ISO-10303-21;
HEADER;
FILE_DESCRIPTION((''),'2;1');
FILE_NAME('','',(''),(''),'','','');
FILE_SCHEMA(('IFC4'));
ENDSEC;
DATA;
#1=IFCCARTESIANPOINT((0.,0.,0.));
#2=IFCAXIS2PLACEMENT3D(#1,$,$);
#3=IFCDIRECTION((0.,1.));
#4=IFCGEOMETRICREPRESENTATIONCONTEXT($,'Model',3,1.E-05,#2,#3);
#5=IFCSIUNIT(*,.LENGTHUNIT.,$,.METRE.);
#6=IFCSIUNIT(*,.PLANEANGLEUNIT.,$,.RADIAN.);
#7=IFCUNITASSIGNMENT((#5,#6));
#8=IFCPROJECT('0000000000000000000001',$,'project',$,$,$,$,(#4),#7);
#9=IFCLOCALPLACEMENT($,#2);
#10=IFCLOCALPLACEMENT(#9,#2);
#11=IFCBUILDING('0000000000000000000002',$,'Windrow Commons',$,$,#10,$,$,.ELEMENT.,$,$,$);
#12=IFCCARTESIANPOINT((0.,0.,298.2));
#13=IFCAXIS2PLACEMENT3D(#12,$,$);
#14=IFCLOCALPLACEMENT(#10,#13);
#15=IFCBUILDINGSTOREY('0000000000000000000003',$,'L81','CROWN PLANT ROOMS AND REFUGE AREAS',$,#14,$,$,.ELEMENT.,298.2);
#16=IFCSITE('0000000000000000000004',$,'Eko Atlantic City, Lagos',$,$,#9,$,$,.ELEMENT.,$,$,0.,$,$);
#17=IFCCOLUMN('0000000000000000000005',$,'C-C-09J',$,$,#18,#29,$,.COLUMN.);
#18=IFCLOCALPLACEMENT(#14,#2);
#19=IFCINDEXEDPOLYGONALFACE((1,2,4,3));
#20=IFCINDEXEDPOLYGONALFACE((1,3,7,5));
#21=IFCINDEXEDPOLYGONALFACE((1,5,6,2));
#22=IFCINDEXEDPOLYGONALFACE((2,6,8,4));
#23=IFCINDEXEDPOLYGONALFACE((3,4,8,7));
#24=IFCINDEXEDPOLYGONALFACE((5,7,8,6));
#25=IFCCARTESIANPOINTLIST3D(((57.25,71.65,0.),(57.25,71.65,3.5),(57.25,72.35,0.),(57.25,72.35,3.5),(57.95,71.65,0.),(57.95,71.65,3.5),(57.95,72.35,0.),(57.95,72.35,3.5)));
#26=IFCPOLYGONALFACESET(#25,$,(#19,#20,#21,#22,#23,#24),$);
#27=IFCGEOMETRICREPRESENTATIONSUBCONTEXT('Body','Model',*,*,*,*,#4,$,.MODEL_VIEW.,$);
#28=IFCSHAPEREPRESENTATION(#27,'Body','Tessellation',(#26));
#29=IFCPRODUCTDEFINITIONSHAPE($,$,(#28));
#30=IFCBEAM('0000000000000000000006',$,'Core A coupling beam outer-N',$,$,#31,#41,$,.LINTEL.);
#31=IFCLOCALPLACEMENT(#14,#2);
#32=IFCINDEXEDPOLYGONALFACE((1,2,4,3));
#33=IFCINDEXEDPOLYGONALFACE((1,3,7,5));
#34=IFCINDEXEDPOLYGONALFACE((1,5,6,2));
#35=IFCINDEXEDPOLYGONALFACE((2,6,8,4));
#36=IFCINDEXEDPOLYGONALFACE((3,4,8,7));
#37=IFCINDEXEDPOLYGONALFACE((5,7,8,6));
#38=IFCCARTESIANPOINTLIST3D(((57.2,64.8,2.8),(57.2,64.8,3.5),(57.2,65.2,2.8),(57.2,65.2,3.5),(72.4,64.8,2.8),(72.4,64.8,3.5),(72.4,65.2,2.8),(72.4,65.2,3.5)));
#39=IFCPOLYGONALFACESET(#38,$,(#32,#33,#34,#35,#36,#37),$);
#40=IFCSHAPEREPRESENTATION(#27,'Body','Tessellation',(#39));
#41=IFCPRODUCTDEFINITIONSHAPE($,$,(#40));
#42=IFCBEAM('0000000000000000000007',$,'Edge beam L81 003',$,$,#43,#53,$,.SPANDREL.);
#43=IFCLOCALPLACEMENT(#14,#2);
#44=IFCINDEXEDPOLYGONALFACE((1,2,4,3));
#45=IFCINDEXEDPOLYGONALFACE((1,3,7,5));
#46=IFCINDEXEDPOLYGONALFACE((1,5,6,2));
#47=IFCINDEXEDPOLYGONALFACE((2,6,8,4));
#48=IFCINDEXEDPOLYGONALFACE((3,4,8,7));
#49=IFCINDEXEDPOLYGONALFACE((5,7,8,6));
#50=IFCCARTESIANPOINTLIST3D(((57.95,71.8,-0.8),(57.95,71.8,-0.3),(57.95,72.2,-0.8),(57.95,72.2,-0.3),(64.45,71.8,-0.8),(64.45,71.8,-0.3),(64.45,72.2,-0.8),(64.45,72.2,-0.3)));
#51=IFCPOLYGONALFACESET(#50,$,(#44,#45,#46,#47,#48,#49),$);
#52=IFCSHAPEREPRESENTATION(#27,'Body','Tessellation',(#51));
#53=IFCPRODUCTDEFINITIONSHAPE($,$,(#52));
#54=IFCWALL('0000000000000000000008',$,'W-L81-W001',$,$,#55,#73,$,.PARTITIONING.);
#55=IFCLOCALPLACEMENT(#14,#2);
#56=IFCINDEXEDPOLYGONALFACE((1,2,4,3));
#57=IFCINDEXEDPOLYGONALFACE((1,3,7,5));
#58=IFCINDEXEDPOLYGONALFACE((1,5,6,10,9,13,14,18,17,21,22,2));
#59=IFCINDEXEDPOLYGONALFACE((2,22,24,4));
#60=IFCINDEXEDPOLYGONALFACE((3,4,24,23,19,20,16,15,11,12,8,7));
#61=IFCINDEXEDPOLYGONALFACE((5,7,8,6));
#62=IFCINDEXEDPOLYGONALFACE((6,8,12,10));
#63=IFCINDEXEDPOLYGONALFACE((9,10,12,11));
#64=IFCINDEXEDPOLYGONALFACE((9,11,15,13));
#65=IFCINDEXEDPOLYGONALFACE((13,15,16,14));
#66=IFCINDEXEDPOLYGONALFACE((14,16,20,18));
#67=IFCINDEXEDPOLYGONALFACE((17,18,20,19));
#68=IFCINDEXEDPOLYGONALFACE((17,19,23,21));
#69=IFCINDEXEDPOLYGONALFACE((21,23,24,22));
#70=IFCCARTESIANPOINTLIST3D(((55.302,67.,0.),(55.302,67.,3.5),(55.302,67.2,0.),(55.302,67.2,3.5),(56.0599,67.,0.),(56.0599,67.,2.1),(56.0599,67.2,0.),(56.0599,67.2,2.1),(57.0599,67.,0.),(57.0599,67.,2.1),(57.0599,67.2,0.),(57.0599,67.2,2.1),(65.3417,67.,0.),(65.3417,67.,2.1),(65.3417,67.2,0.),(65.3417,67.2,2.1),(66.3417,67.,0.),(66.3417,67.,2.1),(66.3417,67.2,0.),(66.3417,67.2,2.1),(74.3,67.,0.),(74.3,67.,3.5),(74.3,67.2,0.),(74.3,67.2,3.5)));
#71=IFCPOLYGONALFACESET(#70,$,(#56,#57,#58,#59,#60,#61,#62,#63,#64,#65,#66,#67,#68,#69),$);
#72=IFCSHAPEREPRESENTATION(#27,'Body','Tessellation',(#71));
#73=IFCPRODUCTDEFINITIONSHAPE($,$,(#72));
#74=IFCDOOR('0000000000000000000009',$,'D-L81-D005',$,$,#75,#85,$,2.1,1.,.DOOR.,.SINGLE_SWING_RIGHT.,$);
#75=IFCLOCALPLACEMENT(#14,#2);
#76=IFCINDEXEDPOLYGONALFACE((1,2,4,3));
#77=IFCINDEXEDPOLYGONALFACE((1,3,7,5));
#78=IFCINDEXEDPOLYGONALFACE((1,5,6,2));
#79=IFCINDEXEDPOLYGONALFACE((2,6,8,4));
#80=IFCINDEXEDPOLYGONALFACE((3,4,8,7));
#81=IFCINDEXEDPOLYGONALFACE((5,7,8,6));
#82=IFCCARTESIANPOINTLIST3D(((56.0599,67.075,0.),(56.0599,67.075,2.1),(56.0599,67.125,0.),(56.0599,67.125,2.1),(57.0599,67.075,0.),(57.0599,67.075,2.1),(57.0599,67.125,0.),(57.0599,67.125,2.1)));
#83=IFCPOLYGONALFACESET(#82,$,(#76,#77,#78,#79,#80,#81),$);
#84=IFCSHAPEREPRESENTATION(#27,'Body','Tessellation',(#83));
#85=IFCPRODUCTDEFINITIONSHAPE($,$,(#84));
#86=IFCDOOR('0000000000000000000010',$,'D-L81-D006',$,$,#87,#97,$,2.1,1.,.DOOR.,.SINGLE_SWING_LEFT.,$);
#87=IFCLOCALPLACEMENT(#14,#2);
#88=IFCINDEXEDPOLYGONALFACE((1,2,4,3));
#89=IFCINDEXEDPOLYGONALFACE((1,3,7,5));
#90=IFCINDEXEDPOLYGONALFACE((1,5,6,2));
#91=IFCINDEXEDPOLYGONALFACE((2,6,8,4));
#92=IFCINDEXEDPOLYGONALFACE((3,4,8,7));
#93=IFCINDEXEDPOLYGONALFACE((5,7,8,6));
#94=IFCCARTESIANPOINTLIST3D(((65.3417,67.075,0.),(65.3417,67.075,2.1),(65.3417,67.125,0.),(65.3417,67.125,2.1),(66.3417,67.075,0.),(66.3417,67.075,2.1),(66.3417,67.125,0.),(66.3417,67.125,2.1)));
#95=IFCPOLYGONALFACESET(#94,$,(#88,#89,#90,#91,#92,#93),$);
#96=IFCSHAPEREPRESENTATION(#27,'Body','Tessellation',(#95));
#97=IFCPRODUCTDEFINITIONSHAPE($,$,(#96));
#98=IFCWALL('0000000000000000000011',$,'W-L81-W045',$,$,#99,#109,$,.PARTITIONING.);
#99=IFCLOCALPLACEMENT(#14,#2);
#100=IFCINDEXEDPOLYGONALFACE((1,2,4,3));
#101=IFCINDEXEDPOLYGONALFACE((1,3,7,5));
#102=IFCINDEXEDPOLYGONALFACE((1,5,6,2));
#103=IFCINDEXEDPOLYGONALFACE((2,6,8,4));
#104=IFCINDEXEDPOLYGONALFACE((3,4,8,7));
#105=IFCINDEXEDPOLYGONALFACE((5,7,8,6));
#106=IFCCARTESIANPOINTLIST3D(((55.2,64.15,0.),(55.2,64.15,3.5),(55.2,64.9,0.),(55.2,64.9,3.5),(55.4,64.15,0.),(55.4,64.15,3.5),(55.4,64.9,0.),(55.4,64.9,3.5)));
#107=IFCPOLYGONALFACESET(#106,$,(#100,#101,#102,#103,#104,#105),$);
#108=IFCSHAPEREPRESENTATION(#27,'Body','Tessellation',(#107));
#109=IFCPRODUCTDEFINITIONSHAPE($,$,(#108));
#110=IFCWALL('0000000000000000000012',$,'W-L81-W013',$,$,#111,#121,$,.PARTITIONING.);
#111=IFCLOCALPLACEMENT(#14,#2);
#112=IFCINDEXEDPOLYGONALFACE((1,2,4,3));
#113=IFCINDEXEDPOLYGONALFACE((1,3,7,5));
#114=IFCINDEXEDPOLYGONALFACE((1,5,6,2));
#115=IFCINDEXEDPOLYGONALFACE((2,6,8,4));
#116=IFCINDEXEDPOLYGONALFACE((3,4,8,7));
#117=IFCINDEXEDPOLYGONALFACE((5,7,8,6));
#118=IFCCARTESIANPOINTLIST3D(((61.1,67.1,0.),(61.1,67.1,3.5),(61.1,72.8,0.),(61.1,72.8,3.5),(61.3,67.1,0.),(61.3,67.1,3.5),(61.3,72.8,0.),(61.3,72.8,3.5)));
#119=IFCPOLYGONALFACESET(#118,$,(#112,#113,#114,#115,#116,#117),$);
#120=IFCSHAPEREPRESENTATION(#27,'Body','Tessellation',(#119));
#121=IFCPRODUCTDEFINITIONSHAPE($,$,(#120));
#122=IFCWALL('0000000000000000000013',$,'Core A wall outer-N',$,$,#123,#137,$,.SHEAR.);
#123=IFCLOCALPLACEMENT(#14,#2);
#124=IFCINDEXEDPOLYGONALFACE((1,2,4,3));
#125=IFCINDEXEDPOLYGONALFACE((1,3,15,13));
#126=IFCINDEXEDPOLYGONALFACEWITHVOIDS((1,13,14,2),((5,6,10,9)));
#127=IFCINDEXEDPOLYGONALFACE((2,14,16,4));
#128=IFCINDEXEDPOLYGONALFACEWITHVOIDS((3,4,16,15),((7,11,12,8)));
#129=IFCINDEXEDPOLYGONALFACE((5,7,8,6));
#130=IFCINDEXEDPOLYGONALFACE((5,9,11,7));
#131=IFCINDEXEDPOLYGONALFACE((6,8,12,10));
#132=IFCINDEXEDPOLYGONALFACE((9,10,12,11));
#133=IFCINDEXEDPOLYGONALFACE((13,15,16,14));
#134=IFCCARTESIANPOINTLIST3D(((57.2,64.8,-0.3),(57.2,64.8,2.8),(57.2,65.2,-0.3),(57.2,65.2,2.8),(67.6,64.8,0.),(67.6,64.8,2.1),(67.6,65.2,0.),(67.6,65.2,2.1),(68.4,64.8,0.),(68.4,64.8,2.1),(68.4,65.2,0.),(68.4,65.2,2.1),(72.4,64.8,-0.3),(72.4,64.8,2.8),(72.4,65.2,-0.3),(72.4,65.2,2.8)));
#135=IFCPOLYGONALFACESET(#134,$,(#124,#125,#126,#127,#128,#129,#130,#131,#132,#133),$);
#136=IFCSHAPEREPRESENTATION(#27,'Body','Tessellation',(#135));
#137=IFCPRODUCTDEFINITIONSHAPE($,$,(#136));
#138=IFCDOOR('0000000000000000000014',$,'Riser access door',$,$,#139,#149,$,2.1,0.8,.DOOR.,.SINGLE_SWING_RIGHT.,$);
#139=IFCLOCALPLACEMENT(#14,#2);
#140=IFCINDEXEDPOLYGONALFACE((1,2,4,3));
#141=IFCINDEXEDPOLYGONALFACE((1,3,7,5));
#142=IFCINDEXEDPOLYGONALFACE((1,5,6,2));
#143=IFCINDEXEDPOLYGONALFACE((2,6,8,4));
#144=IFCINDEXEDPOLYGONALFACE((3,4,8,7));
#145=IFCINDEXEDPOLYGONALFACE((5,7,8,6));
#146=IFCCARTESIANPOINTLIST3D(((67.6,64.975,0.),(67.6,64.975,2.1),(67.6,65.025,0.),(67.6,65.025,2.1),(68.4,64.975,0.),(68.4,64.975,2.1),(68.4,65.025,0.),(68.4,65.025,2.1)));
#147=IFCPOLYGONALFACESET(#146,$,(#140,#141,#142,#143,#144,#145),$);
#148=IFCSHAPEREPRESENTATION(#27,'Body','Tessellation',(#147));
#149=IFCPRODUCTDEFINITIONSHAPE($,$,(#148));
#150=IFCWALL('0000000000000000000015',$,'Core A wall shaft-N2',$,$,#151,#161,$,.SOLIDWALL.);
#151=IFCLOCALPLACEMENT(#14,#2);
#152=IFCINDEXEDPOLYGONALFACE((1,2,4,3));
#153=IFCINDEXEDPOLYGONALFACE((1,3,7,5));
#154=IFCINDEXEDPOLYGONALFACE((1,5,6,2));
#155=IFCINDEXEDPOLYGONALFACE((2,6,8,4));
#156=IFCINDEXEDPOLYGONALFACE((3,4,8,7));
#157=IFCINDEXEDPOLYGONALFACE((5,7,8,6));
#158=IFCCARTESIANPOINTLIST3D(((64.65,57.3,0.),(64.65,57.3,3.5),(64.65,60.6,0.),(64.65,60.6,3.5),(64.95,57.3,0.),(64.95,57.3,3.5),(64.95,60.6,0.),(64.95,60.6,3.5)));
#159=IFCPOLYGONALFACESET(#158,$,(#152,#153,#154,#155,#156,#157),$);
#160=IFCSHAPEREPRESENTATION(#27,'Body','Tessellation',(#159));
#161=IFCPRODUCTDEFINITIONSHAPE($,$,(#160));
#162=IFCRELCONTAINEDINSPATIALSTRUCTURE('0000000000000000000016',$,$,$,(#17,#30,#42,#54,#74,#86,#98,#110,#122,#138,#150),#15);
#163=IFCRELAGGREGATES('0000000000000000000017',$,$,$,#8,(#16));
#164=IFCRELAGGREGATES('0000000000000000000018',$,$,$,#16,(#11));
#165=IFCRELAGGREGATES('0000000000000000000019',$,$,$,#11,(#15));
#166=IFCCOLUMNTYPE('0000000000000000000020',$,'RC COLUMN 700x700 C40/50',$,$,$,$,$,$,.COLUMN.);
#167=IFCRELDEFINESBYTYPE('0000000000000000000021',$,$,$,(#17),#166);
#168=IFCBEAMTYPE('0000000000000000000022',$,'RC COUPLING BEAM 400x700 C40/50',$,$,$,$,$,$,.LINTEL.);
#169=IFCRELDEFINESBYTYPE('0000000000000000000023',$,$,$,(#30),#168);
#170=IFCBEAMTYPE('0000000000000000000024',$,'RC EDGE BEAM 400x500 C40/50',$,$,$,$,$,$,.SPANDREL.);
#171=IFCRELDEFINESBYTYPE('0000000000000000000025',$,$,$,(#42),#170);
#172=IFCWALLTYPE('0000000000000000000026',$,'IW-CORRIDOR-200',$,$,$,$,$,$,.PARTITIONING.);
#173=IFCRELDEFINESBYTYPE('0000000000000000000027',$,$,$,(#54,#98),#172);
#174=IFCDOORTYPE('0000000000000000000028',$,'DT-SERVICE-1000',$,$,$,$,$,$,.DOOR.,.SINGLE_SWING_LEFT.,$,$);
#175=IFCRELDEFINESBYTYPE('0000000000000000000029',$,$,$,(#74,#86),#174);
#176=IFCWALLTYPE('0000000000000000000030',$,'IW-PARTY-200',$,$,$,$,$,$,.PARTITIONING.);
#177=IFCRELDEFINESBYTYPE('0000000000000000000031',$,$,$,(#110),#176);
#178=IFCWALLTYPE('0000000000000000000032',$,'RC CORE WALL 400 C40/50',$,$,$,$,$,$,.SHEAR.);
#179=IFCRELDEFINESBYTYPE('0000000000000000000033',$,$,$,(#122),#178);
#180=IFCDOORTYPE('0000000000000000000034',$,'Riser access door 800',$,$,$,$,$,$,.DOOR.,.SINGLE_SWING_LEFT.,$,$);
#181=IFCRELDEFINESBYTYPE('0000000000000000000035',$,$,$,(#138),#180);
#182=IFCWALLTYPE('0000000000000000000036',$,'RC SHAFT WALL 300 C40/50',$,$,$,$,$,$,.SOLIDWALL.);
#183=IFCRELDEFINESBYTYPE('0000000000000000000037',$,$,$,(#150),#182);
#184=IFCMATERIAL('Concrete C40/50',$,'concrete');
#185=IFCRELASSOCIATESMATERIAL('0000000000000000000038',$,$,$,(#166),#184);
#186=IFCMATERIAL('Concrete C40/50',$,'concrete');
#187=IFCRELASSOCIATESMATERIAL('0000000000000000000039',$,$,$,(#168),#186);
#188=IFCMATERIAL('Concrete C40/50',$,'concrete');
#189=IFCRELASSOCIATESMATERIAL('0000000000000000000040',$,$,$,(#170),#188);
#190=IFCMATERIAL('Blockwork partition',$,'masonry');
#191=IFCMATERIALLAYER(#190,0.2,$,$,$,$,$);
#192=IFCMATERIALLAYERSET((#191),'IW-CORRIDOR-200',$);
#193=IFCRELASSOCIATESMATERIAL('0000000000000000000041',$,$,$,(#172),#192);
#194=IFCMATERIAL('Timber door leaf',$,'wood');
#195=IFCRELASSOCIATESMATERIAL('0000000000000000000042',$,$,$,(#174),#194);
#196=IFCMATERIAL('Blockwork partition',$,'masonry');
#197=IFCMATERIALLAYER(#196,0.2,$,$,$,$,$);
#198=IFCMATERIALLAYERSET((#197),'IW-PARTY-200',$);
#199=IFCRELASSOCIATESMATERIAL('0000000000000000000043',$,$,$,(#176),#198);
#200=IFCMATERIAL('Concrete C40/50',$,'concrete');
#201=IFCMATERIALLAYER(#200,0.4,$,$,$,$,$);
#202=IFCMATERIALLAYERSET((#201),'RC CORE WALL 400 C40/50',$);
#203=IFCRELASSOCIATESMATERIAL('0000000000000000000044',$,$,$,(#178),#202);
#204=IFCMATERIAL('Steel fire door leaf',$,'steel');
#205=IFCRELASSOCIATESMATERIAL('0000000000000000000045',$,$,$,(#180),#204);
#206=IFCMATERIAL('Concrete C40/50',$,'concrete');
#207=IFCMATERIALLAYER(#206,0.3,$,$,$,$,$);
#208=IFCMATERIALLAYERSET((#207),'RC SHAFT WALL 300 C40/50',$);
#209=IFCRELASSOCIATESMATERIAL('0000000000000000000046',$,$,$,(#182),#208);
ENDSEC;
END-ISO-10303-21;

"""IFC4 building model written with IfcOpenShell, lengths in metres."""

from ifc_helpers import new_model, si_unit, direction, frame, frame_2d, origin, origin_2d, place, context, subcontext, project, spatial, polyline, rectangle, outline, extrude, material, layer, layer_set, material_profile, profile_set, type_object, element, fill, save


model = new_model("IFC4")

# Units and contexts
model_context = context("Model", 3, precision=1e-05, world=origin(), true_north=direction((0.0, 1.0)))
body_context = subcontext(model_context, "Body", "Model", "MODEL_VIEW")
ifc_project = project(units=[si_unit("LENGTHUNIT", "METRE"), si_unit("PLANEANGLEUNIT", "RADIAN")], contexts=[model_context])

# Site, building, storey
site_placement = place(None, origin())
site = spatial("IfcSite", under=ifc_project, at=site_placement, Name="Eko Atlantic City, Lagos", CompositionType="ELEMENT", RefElevation=0.0)
building_placement = place(site_placement, origin())
building = spatial("IfcBuilding", under=site, at=building_placement, Name="Windrow Commons", CompositionType="ELEMENT")
storey_placement = place(building_placement, frame((0.0, 0.0, 298.2)))
storey = spatial("IfcBuildingStorey", under=building, at=storey_placement, Name="L81", Description="CROWN PLANT ROOMS AND REFUGE AREAS", CompositionType="ELEMENT", Elevation=298.2)

# Column
ifc_material_1 = material(Name="Concrete C40/50", Category="concrete")
ifc_material_profile_1 = material_profile(ifc_material_1, rectangle(XDim=0.7, YDim=0.7, at=origin_2d()))
ifc_profile_set_1 = profile_set([ifc_material_profile_1], Name="Concrete C40/50")
column_type = type_object("IfcColumnType", Name="RC COLUMN 700x700 C40/50", PredefinedType="COLUMN", material=ifc_profile_set_1)
column_placement = place(storey_placement, frame((57.6, 72.0, 0.0), z_axis=(0.0, 0.0, 1.0), x_axis=(1.0, 0.0, 0.0)))
element("IfcColumn", 1, at=column_placement, inside=storey, type_object=column_type, Name="C-C-09J", PredefinedType="COLUMN", context=body_context, shape_type="SweptSolid", body=[
    extrude(rectangle(XDim=0.7, YDim=0.7, at=origin_2d()), origin(), (0.0, 0.0, 1.0), 3.5),
])

# Beams
ifc_material_2 = material(Name="Concrete C40/50", Category="concrete")
ifc_material_profile_2 = material_profile(ifc_material_2, rectangle(XDim=0.4, YDim=0.7, at=origin_2d()))
ifc_profile_set_2 = profile_set([ifc_material_profile_2], Name="Concrete C40/50")
beam_type_1 = type_object("IfcBeamType", Name="RC COUPLING BEAM 400x700 C40/50", PredefinedType="LINTEL", material=ifc_profile_set_2)
beam_1_placement = place(storey_placement, frame((57.2, 65.0, 3.15), z_axis=(1.0, 0.0, 0.0), x_axis=(0.0, 1.0, 0.0)))
element("IfcBeam", 2, at=beam_1_placement, inside=storey, type_object=beam_type_1, Name="Core A coupling beam outer-N", PredefinedType="LINTEL", context=body_context, shape_type="SweptSolid", body=[
    extrude(rectangle(XDim=0.4, YDim=0.7, at=origin_2d()), origin(), (0.0, 0.0, 1.0), 15.2),
])
ifc_material_3 = material(Name="Concrete C40/50", Category="concrete")
ifc_material_profile_3 = material_profile(ifc_material_3, rectangle(XDim=0.4, YDim=0.5, at=origin_2d()))
ifc_profile_set_3 = profile_set([ifc_material_profile_3], Name="Concrete C40/50")
beam_type_2 = type_object("IfcBeamType", Name="RC EDGE BEAM 400x500 C40/50", PredefinedType="SPANDREL", material=ifc_profile_set_3)
beam_2_placement = place(storey_placement, frame((57.95, 72.0, -0.55), z_axis=(1.0, 0.0, 0.0), x_axis=(0.0, 1.0, 0.0)))
element("IfcBeam", 3, at=beam_2_placement, inside=storey, type_object=beam_type_2, Name="Edge beam L81 003", PredefinedType="SPANDREL", context=body_context, shape_type="SweptSolid", body=[
    extrude(rectangle(XDim=0.4, YDim=0.5, at=origin_2d()), origin(), (0.0, 0.0, 1.0), 6.5),
])

# Wall, openings, doors
ifc_material_4 = material(Name="Blockwork partition", Category="masonry")
ifc_layer_1 = layer(ifc_material_4, 0.2)
ifc_layer_set_1 = layer_set([ifc_layer_1], Name="IW-CORRIDOR-200")
wall_type_1 = type_object("IfcWallType", Name="IW-CORRIDOR-200", PredefinedType="PARTITIONING", material=ifc_layer_set_1)
wall_1_placement = place(storey_placement, frame((55.302, 67.1, 0.0), z_axis=(0.0, 0.0, 1.0), x_axis=(1.0, 0.0, 0.0)))
wall_1 = element("IfcWall", 4, at=wall_1_placement, inside=storey, type_object=wall_type_1, Name="W-L81-W001", PredefinedType="PARTITIONING", context=body_context, shape_type="SweptSolid", body=[
    extrude(rectangle(XDim=18.998, YDim=0.2, at=frame_2d((9.499, 0.0))), origin(), (0.0, 0.0, 1.0), 3.5),
])
opening_1_placement = place(wall_1_placement, frame((0.7579, 0.0, 0.0)))
opening_1 = element("IfcOpeningElement", 5, at=opening_1_placement, cuts=wall_1, PredefinedType="OPENING", context=body_context, shape_type="SweptSolid", body=[
    extrude(rectangle(XDim=1.0, YDim=2.1, at=frame_2d((0.5, 1.05))), frame((0.0, 0.11, 0.0), z_axis=(0.0, -1.0, 0.0), x_axis=(1.0, 0.0, 0.0)), (0.0, 0.0, 1.0), 0.22),
])
opening_2_placement = place(wall_1_placement, frame((10.0397, 0.0, 0.0)))
opening_2 = element("IfcOpeningElement", 6, at=opening_2_placement, cuts=wall_1, PredefinedType="OPENING", context=body_context, shape_type="SweptSolid", body=[
    extrude(rectangle(XDim=1.0, YDim=2.1, at=frame_2d((0.5, 1.05))), frame((0.0, 0.11, 0.0), z_axis=(0.0, -1.0, 0.0), x_axis=(1.0, 0.0, 0.0)), (0.0, 0.0, 1.0), 0.22),
])
ifc_material_5 = material(Name="Timber door leaf", Category="wood")
door_type_1 = type_object("IfcDoorType", Name="DT-SERVICE-1000", OperationType="SINGLE_SWING_LEFT", PredefinedType="DOOR", material=ifc_material_5)
door_1_placement = place(opening_1_placement, origin())
door_1 = element("IfcDoor", 7, at=door_1_placement, inside=storey, type_object=door_type_1, Name="D-L81-D005", OperationType="SINGLE_SWING_RIGHT", OverallHeight=2.1, OverallWidth=1.0, PredefinedType="DOOR", context=body_context, shape_type="SweptSolid", body=[
    extrude(rectangle(XDim=1.0, YDim=2.1, at=frame_2d((0.5, 1.05))), frame((0.0, 0.025, 0.0), z_axis=(0.0, -1.0, 0.0), x_axis=(1.0, 0.0, 0.0)), (0.0, 0.0, 1.0), 0.05),
])
fill(opening_1, door_1)
door_2_placement = place(opening_2_placement, origin())
door_2 = element("IfcDoor", 8, at=door_2_placement, inside=storey, type_object=door_type_1, Name="D-L81-D006", OperationType="SINGLE_SWING_LEFT", OverallHeight=2.1, OverallWidth=1.0, PredefinedType="DOOR", context=body_context, shape_type="SweptSolid", body=[
    extrude(rectangle(XDim=1.0, YDim=2.1, at=frame_2d((0.5, 1.05))), frame((0.0, 0.025, 0.0), z_axis=(0.0, -1.0, 0.0), x_axis=(1.0, 0.0, 0.0)), (0.0, 0.0, 1.0), 0.05),
])
fill(opening_2, door_2)

# Walls
wall_2_placement = place(storey_placement, frame((55.3, 64.15, 0.0), z_axis=(0.0, 0.0, 1.0), x_axis=(0.0, 1.0, 0.0)))
element("IfcWall", 9, at=wall_2_placement, inside=storey, type_object=wall_type_1, Name="W-L81-W045", PredefinedType="PARTITIONING", context=body_context, shape_type="SweptSolid", body=[
    extrude(rectangle(XDim=0.75, YDim=0.2, at=frame_2d((0.375, 0.0))), origin(), (0.0, 0.0, 1.0), 3.5),
])
ifc_material_6 = material(Name="Blockwork partition", Category="masonry")
ifc_layer_2 = layer(ifc_material_6, 0.2)
ifc_layer_set_2 = layer_set([ifc_layer_2], Name="IW-PARTY-200")
wall_type_2 = type_object("IfcWallType", Name="IW-PARTY-200", PredefinedType="PARTITIONING", material=ifc_layer_set_2)
wall_3_placement = place(storey_placement, frame((61.2, 67.1, 0.0), z_axis=(0.0, 0.0, 1.0), x_axis=(0.0, 1.0, 0.0)))
element("IfcWall", 10, at=wall_3_placement, inside=storey, type_object=wall_type_2, Name="W-L81-W013", PredefinedType="PARTITIONING", context=body_context, shape_type="SweptSolid", body=[
    extrude(outline(polyline([(0.0, -0.1), (5.7, -0.1), (5.7, 0.1), (0.0, 0.1), (0.0, -0.1)])), origin(), (0.0, 0.0, 1.0), 3.5),
])

# Wall, opening, door
ifc_material_7 = material(Name="Concrete C40/50", Category="concrete")
ifc_layer_3 = layer(ifc_material_7, 0.4)
ifc_layer_set_3 = layer_set([ifc_layer_3], Name="RC CORE WALL 400 C40/50")
wall_type_3 = type_object("IfcWallType", Name="RC CORE WALL 400 C40/50", PredefinedType="SHEAR", material=ifc_layer_set_3)
wall_4_placement = place(storey_placement, frame((57.2, 65.0, -0.3), z_axis=(0.0, 0.0, 1.0), x_axis=(1.0, 0.0, 0.0)))
wall_4 = element("IfcWall", 11, at=wall_4_placement, inside=storey, type_object=wall_type_3, Name="Core A wall outer-N", PredefinedType="SHEAR", context=body_context, shape_type="SweptSolid", body=[
    extrude(outline(polyline([(0.0, 0.0), (15.2, 0.0), (15.2, 3.1), (0.0, 3.1), (0.0, 0.0)])), frame((0.0, 0.2, 0.0), z_axis=(0.0, -1.0, 0.0), x_axis=(1.0, 0.0, 0.0)), (0.0, 0.0, 1.0), 0.4),
])
opening_3_placement = place(wall_4_placement, frame((10.4, 0.0, 0.3)))
opening_3 = element("IfcOpeningElement", 12, at=opening_3_placement, cuts=wall_4, PredefinedType="OPENING", context=body_context, shape_type="SweptSolid", body=[
    extrude(rectangle(XDim=0.8, YDim=2.1, at=frame_2d((0.4, 1.05))), frame((0.0, 0.21, 0.0), z_axis=(0.0, -1.0, 0.0), x_axis=(1.0, 0.0, 0.0)), (0.0, 0.0, 1.0), 0.42),
])
ifc_material_8 = material(Name="Steel fire door leaf", Category="steel")
door_type_2 = type_object("IfcDoorType", Name="Riser access door 800", OperationType="SINGLE_SWING_LEFT", PredefinedType="DOOR", material=ifc_material_8)
door_3_placement = place(opening_3_placement, origin())
door_3 = element("IfcDoor", 13, at=door_3_placement, inside=storey, type_object=door_type_2, Name="Riser access door", OperationType="SINGLE_SWING_RIGHT", OverallHeight=2.1, OverallWidth=0.8, PredefinedType="DOOR", context=body_context, shape_type="SweptSolid", body=[
    extrude(rectangle(XDim=0.8, YDim=2.1, at=frame_2d((0.4, 1.05))), frame((0.0, 0.025, 0.0), z_axis=(0.0, -1.0, 0.0), x_axis=(1.0, 0.0, 0.0)), (0.0, 0.0, 1.0), 0.05),
])
fill(opening_3, door_3)

# Wall
ifc_material_9 = material(Name="Concrete C40/50", Category="concrete")
ifc_layer_4 = layer(ifc_material_9, 0.3)
ifc_layer_set_4 = layer_set([ifc_layer_4], Name="RC SHAFT WALL 300 C40/50")
wall_type_4 = type_object("IfcWallType", Name="RC SHAFT WALL 300 C40/50", PredefinedType="SOLIDWALL", material=ifc_layer_set_4)
wall_5_placement = place(storey_placement, frame((64.8, 57.3, 0.0), z_axis=(0.0, 0.0, 1.0), x_axis=(0.0, 1.0, 0.0)))
element("IfcWall", 14, at=wall_5_placement, inside=storey, type_object=wall_type_4, Name="Core A wall shaft-N2", PredefinedType="SOLIDWALL", context=body_context, shape_type="SweptSolid", body=[
    extrude(outline(polyline([(0.0, 0.0), (3.3, 0.0), (3.3, 3.5), (0.0, 3.5), (0.0, 0.0)])), frame((0.0, 0.15, 0.0), z_axis=(0.0, -1.0, 0.0), x_axis=(1.0, 0.0, 0.0)), (0.0, 0.0, 1.0), 0.3),
])

save(model, "model.ifc")
